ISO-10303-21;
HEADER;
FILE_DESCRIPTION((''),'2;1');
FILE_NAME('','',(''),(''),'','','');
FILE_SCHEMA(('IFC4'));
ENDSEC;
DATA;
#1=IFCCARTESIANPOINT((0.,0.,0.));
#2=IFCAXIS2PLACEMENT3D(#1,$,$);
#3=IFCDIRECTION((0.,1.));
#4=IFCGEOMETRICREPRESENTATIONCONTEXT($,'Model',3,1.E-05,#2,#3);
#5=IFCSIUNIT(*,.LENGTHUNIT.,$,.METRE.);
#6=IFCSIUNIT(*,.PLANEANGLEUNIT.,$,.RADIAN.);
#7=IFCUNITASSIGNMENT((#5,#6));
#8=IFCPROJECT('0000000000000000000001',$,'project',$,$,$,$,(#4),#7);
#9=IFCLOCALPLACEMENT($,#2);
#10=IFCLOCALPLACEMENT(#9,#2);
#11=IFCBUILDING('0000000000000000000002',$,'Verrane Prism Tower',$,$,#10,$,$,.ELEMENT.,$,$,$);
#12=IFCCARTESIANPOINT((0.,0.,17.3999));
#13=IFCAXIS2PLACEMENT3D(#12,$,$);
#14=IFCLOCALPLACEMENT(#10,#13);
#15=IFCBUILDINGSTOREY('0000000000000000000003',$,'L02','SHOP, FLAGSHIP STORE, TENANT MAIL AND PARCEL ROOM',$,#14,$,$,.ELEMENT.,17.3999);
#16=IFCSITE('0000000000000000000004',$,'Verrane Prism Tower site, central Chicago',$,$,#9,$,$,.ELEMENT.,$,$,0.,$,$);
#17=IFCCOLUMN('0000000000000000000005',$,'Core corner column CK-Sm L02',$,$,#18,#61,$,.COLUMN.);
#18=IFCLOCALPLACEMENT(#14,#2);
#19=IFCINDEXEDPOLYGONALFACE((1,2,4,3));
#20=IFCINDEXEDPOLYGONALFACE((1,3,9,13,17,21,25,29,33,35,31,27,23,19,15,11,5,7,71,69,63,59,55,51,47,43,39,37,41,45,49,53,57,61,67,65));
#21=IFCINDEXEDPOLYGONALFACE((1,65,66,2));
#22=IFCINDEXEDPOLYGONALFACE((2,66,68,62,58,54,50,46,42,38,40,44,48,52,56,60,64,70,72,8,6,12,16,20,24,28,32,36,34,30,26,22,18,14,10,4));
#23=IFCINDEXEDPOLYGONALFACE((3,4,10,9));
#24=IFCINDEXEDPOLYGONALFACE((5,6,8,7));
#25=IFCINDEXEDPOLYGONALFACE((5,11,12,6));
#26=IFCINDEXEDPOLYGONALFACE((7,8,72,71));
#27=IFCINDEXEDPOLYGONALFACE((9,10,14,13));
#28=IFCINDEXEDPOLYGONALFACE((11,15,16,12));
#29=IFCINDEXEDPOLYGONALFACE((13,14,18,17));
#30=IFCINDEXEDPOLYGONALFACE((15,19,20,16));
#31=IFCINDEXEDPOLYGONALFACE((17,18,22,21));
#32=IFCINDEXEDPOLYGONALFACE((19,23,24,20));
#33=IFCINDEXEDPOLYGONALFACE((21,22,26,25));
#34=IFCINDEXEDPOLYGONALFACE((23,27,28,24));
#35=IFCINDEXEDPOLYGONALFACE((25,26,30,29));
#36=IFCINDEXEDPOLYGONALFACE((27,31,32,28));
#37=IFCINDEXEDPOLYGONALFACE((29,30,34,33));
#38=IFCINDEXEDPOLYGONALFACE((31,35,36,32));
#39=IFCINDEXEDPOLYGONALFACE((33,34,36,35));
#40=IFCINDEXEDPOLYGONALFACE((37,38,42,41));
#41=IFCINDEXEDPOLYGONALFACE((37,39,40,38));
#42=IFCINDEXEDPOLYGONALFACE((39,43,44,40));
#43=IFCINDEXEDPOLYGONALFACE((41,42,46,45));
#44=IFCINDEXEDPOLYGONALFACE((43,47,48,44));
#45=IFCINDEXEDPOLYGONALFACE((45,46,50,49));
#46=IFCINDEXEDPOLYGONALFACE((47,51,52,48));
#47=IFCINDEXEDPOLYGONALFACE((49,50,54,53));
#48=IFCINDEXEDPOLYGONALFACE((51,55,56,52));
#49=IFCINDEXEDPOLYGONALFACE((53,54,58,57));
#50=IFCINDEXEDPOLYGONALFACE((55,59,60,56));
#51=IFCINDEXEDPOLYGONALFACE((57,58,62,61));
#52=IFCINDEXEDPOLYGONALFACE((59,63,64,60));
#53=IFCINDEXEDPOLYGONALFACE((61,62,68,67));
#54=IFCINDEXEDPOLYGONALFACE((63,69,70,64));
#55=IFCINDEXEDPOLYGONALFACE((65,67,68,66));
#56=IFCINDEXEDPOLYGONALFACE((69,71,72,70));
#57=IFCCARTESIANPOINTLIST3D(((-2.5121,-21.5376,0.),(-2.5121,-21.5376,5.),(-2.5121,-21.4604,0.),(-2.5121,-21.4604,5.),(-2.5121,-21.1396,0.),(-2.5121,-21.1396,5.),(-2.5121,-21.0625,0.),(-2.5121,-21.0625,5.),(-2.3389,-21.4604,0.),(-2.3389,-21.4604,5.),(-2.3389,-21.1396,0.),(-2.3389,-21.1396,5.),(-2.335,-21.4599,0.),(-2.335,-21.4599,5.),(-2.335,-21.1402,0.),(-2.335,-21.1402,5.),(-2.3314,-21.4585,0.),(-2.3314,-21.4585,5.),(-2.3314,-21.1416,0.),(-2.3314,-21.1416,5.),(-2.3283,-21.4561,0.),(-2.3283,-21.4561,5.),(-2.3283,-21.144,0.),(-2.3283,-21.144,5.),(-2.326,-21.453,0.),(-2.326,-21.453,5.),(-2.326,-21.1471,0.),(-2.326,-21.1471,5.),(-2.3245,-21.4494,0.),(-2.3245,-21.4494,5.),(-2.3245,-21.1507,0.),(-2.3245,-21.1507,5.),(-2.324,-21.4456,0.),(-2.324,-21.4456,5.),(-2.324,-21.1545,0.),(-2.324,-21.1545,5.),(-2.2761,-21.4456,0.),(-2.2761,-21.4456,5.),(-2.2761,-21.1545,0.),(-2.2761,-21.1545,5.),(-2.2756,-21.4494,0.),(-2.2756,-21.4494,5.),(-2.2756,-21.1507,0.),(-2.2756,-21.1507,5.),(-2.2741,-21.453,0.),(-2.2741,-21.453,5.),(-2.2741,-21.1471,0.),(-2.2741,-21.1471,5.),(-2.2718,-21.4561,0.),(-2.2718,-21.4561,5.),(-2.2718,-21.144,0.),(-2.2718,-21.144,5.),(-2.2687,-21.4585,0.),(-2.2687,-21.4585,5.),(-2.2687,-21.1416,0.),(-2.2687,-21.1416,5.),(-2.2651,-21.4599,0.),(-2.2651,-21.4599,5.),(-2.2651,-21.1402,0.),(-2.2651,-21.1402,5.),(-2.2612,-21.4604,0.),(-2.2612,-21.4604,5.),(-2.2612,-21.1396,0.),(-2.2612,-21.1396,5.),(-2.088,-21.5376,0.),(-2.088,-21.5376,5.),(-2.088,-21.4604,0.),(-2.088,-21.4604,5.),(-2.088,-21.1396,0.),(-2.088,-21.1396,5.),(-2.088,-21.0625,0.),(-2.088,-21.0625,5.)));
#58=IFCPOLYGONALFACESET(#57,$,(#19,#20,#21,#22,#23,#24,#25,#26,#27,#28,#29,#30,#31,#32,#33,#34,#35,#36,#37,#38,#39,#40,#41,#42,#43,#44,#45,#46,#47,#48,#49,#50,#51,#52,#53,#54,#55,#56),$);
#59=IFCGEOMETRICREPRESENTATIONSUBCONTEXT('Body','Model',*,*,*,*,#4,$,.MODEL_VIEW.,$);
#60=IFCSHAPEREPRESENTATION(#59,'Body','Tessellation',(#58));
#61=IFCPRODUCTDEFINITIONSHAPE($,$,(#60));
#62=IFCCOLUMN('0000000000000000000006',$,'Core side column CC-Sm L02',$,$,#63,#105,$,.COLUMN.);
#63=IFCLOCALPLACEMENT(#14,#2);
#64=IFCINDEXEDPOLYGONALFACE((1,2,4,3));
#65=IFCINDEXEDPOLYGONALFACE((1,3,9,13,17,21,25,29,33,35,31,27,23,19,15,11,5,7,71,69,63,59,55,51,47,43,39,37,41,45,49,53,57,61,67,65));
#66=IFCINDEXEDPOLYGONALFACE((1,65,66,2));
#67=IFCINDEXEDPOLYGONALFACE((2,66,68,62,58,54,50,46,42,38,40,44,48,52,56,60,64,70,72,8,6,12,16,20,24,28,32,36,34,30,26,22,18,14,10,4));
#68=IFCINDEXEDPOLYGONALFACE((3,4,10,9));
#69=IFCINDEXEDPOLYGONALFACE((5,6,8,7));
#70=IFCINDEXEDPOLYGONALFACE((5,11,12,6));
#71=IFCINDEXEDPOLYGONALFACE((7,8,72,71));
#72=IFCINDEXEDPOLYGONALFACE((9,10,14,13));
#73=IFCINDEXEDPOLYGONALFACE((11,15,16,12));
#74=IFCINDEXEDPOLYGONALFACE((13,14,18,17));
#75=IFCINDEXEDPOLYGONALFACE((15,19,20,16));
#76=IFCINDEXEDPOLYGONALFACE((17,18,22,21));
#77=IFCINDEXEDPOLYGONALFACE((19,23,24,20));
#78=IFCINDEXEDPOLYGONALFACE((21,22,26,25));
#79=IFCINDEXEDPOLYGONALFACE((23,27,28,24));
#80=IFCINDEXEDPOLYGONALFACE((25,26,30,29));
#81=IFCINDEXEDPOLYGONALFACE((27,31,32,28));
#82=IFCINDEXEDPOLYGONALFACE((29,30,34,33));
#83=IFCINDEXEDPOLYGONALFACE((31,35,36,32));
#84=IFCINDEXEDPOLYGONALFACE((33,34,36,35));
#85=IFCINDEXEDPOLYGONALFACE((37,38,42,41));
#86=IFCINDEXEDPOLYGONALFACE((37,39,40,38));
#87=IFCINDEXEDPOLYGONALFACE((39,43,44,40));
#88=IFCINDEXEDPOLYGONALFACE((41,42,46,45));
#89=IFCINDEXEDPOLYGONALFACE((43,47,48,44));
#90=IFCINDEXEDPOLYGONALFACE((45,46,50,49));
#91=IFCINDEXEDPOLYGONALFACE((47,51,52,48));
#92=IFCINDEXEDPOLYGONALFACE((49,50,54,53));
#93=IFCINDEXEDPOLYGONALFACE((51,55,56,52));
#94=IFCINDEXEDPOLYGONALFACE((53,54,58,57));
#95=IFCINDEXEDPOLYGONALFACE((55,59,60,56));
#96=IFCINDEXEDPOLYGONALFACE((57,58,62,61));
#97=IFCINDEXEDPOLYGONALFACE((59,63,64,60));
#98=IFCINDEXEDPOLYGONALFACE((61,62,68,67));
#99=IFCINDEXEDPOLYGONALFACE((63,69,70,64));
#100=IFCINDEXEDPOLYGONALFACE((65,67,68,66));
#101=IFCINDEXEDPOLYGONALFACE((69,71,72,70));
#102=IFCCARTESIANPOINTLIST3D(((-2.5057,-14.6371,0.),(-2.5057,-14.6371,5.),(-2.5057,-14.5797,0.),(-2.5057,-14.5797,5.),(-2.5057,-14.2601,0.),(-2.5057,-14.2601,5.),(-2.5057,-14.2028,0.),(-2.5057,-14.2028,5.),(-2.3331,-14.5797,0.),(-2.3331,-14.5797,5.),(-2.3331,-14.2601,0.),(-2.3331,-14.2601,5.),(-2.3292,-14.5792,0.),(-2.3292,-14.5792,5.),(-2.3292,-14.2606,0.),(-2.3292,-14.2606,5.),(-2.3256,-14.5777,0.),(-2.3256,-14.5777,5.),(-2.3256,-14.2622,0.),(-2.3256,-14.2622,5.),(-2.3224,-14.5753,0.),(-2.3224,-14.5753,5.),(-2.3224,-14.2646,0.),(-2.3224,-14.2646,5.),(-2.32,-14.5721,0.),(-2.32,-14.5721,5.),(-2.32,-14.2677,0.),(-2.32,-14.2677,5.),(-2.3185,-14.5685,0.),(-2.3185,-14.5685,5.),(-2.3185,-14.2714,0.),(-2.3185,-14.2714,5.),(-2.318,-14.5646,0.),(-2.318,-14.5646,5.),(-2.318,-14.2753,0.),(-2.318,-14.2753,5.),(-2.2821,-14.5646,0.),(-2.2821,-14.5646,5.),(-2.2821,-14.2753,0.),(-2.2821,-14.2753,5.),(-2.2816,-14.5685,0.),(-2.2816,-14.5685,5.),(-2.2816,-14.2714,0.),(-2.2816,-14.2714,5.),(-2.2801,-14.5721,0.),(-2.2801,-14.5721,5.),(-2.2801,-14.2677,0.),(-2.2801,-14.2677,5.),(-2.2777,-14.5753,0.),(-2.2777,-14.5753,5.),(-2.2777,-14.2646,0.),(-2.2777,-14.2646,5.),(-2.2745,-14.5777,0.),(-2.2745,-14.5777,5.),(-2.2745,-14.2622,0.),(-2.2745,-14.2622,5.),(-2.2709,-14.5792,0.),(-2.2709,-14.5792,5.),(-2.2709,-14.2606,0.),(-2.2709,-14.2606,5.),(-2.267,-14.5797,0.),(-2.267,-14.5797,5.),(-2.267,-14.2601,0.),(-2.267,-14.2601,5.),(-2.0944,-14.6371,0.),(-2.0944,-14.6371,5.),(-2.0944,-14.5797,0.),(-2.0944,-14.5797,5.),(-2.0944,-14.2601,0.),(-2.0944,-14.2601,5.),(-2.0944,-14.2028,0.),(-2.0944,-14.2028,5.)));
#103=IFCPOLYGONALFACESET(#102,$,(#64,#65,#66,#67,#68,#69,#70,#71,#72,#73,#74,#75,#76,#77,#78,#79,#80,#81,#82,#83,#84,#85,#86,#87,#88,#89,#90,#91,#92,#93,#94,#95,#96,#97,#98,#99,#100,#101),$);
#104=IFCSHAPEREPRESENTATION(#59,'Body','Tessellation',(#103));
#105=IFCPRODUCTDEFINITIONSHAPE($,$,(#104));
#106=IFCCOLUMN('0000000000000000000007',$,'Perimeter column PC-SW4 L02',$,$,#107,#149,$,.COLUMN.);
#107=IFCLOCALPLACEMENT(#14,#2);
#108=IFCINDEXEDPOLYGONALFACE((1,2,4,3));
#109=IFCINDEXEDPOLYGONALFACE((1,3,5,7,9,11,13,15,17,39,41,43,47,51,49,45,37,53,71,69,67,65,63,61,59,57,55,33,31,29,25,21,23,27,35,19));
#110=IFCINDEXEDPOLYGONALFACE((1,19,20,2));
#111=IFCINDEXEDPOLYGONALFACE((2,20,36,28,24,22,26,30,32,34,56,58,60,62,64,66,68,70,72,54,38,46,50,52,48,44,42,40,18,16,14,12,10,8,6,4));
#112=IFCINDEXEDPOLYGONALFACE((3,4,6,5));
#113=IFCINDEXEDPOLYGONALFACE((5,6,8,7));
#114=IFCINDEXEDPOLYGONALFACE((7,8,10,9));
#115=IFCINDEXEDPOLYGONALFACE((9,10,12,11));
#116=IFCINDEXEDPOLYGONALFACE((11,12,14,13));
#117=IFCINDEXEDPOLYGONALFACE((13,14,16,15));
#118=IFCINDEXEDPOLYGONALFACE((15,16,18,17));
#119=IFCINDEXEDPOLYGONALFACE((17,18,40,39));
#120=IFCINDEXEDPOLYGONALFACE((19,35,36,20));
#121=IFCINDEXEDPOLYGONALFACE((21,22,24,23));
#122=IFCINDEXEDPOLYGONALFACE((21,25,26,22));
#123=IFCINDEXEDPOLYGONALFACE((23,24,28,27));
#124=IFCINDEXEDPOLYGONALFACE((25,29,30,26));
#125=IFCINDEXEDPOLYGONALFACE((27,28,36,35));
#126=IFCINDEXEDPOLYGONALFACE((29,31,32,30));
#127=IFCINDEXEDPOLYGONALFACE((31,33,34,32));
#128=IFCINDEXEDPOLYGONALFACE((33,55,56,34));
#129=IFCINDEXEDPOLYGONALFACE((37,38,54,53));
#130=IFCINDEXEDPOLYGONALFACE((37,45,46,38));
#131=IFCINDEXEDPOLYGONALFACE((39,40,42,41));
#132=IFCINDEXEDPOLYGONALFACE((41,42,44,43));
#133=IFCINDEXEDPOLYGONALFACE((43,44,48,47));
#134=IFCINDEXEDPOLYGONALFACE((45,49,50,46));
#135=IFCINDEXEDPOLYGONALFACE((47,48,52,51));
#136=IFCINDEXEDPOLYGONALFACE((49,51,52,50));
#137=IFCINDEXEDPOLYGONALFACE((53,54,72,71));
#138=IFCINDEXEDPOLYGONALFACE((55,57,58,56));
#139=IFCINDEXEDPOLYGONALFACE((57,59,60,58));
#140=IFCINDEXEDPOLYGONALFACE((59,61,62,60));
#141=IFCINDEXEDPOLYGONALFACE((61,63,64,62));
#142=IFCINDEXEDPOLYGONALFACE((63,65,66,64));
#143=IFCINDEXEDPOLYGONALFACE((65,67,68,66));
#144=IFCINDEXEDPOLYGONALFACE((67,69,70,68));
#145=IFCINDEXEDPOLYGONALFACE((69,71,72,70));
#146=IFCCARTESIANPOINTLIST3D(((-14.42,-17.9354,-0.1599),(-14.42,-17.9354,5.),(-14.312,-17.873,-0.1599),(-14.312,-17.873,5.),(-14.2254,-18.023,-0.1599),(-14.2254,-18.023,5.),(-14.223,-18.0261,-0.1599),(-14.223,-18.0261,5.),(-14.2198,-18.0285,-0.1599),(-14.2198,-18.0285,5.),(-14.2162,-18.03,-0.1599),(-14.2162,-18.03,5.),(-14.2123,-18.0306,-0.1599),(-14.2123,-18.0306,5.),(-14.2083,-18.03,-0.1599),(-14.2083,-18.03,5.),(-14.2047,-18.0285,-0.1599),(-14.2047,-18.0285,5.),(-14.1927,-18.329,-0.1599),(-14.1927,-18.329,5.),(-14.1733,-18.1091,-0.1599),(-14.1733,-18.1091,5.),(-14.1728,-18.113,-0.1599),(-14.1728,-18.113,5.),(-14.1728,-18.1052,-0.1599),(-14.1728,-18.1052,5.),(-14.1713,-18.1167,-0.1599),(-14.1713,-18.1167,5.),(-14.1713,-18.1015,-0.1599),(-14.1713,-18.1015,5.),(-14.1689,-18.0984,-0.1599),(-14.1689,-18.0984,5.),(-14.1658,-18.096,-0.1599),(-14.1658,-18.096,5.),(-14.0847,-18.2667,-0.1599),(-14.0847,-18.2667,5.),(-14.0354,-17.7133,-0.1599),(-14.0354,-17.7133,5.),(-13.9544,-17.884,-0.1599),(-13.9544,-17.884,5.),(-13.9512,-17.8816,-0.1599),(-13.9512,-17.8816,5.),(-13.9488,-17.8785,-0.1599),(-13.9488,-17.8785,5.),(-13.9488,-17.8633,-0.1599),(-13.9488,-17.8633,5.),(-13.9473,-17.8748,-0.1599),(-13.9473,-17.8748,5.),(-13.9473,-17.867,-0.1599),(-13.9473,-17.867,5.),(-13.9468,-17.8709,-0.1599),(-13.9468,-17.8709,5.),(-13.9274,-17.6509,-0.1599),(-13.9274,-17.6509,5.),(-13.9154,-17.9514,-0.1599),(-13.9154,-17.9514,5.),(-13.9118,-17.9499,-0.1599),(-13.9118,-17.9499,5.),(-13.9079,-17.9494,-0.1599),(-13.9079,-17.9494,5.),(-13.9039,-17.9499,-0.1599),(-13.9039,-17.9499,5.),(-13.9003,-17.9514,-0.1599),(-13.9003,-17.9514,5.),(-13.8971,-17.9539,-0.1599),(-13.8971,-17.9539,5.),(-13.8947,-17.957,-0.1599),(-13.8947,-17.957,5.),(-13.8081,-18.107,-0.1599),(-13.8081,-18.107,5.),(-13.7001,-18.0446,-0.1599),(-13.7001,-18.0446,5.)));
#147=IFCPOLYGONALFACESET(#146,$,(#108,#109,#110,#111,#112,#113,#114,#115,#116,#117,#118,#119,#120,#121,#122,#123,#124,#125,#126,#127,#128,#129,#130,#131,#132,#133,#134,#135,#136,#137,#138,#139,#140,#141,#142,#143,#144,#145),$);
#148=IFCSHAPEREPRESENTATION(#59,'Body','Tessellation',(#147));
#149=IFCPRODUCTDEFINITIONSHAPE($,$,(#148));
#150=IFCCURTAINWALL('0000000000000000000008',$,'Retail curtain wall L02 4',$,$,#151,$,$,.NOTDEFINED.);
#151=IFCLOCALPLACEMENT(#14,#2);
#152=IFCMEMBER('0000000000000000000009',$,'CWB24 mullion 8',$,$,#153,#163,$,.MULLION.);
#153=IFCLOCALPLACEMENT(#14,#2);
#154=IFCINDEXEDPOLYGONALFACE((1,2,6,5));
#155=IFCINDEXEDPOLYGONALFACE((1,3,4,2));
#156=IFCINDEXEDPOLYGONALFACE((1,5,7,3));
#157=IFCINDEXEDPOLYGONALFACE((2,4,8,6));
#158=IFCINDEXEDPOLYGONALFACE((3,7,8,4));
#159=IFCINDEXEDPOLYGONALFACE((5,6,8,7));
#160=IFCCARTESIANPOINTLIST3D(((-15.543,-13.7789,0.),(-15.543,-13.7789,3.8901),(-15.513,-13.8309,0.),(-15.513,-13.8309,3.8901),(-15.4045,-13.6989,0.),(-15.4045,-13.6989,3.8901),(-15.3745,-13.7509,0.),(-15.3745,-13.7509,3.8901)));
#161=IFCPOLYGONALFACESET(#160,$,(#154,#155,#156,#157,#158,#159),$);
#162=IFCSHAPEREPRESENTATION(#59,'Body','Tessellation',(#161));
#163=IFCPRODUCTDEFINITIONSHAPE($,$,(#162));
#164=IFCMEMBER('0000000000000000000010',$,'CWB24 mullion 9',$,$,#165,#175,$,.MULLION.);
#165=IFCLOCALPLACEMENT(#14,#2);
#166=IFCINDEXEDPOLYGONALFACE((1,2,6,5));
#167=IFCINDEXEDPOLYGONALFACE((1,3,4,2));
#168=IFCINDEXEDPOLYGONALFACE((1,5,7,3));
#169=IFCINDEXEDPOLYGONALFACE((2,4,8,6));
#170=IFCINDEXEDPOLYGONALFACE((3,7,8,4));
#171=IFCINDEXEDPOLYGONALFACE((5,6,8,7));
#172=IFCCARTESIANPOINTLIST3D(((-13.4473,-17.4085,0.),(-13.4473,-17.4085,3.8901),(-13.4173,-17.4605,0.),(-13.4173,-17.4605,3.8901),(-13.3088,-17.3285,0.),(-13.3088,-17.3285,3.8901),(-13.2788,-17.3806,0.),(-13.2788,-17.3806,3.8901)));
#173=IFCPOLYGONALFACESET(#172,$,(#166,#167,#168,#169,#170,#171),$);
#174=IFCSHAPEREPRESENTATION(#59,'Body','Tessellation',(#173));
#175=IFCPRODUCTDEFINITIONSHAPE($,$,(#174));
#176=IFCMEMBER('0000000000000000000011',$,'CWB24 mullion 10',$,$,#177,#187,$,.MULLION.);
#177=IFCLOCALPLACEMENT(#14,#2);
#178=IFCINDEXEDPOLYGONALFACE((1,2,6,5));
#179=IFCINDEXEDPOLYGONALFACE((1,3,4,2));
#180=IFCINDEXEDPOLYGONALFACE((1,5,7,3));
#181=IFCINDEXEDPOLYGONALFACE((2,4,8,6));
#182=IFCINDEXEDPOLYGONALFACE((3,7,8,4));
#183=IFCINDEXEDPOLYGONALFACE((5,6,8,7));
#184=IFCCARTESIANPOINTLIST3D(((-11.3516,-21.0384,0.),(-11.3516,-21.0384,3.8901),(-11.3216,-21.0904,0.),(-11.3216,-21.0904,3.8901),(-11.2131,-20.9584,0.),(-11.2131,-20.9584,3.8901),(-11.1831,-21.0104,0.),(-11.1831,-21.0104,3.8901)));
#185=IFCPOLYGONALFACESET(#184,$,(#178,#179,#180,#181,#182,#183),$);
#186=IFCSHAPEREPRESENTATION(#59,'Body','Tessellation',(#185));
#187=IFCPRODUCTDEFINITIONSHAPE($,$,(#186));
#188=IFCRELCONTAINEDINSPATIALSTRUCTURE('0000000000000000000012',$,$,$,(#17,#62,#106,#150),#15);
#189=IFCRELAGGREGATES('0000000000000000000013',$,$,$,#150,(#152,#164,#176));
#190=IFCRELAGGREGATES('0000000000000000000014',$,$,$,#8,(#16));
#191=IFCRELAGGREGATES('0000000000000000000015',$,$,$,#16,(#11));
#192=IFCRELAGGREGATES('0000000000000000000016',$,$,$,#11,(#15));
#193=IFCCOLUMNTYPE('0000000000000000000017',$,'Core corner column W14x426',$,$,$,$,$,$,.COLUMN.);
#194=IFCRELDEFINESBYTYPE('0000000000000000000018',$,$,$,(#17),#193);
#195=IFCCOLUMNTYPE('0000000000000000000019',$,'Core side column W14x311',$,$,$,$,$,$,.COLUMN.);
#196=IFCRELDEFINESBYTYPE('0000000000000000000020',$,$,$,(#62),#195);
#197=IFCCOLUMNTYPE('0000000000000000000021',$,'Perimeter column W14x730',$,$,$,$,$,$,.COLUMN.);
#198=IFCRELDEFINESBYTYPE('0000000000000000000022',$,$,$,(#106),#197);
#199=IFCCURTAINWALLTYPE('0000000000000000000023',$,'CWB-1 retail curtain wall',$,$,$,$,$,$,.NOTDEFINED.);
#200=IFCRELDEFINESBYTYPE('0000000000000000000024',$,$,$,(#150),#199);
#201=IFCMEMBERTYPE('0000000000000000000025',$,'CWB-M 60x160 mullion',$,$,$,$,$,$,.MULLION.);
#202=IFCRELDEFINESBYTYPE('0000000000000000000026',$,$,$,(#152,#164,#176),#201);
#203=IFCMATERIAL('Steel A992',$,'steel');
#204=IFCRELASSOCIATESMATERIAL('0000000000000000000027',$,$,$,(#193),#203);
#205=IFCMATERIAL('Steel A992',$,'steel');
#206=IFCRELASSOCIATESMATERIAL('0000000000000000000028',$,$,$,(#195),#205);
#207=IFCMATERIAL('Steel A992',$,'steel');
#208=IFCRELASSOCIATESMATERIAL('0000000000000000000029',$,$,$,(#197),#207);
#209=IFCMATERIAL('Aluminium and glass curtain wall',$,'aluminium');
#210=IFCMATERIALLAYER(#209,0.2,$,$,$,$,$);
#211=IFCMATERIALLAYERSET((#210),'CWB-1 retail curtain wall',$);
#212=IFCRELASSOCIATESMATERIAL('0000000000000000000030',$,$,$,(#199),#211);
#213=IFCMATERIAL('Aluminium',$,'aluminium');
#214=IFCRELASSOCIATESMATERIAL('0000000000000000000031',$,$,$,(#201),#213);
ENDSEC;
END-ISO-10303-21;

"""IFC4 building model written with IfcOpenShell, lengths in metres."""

from ifc_helpers import new_model, si_unit, direction, frame, origin, origin_2d, place, context, subcontext, project, spatial, rectangle, i_section, extrude, material, layer, layer_set, material_profile, profile_set, type_object, element, aggregate, save


model = new_model("IFC4")

# Units and contexts
model_context = context("Model", 3, precision=1e-05, world=origin(), true_north=direction((0.0, 1.0)))
body_context = subcontext(model_context, "Body", "Model", "MODEL_VIEW")
ifc_project = project(units=[si_unit("LENGTHUNIT", "METRE"), si_unit("PLANEANGLEUNIT", "RADIAN")], contexts=[model_context])

# Site, building, storey
site_placement = place(None, origin())
site = spatial("IfcSite", under=ifc_project, at=site_placement, Name="Verrane Prism Tower site, central Chicago", CompositionType="ELEMENT", RefElevation=0.0)
building_placement = place(site_placement, origin())
building = spatial("IfcBuilding", under=site, at=building_placement, Name="Verrane Prism Tower", CompositionType="ELEMENT")
storey_placement = place(building_placement, frame((0.0, 0.0, 17.3999)))
storey = spatial("IfcBuildingStorey", under=building, at=storey_placement, Name="L02", Description="SHOP, FLAGSHIP STORE, TENANT MAIL AND PARCEL ROOM", CompositionType="ELEMENT", Elevation=17.3999)

# Columns
ifc_material_1 = material(Name="Steel A992", Category="steel")
ifc_material_profile_1 = material_profile(ifc_material_1, i_section(OverallWidth=0.4241, OverallDepth=0.4751, WebThickness=0.0479, FlangeThickness=0.0771, FilletRadius=0.0149, at=origin_2d()), Name="W14x426")
ifc_profile_set_1 = profile_set([ifc_material_profile_1], Name="Steel A992")
column_type_1 = type_object("IfcColumnType", Name="Core corner column W14x426", PredefinedType="COLUMN", material=ifc_profile_set_1)
column_1_placement = place(storey_placement, frame((-2.3, -21.3, 0.0), z_axis=(0.0, 0.0, 1.0), x_axis=(-1.0, 0.0, 0.0)))
element("IfcColumn", 1, at=column_1_placement, inside=storey, type_object=column_type_1, Name="Core corner column CK-Sm L02", PredefinedType="COLUMN", context=body_context, shape_type="SweptSolid", body=[
    extrude(i_section(OverallWidth=0.4241, OverallDepth=0.4751, WebThickness=0.0479, FlangeThickness=0.0771, FilletRadius=0.0149, at=origin_2d()), origin(), (0.0, 0.0, 1.0), 5.0),
])
ifc_material_2 = material(Name="Steel A992", Category="steel")
ifc_material_profile_2 = material_profile(ifc_material_2, i_section(OverallWidth=0.4114, OverallDepth=0.4343, WebThickness=0.0359, FlangeThickness=0.0574, FilletRadius=0.0151, at=origin_2d()), Name="W14x311")
ifc_profile_set_2 = profile_set([ifc_material_profile_2], Name="Steel A992")
column_type_2 = type_object("IfcColumnType", Name="Core side column W14x311", PredefinedType="COLUMN", material=ifc_profile_set_2)
column_2_placement = place(storey_placement, frame((-2.3, -14.4199, 0.0), z_axis=(0.0, 0.0, 1.0), x_axis=(1.0, 0.0, 0.0)))
element("IfcColumn", 2, at=column_2_placement, inside=storey, type_object=column_type_2, Name="Core side column CC-Sm L02", PredefinedType="COLUMN", context=body_context, shape_type="SweptSolid", body=[
    extrude(i_section(OverallWidth=0.4114, OverallDepth=0.4343, WebThickness=0.0359, FlangeThickness=0.0574, FilletRadius=0.0151, at=origin_2d()), origin(), (0.0, 0.0, 1.0), 5.0),
])
ifc_material_3 = material(Name="Steel A992", Category="steel")
ifc_material_profile_3 = material_profile(ifc_material_3, i_section(OverallWidth=0.4546, OverallDepth=0.5688, WebThickness=0.0779, FlangeThickness=0.1248, FilletRadius=0.0151, at=origin_2d()), Name="W14x730")
ifc_profile_set_3 = profile_set([ifc_material_profile_3], Name="Steel A992")
column_type_3 = type_object("IfcColumnType", Name="Perimeter column W14x730", PredefinedType="COLUMN", material=ifc_profile_set_3)
column_3_placement = place(storey_placement, frame((-14.0601, -17.99, -0.1599), z_axis=(0.0, 0.0, 1.0), x_axis=(-0.5, 0.866025, 0.0)))
element("IfcColumn", 3, at=column_3_placement, inside=storey, type_object=column_type_3, Name="Perimeter column PC-SW4 L02", PredefinedType="COLUMN", context=body_context, shape_type="SweptSolid", body=[
    extrude(i_section(OverallWidth=0.4546, OverallDepth=0.5688, WebThickness=0.0779, FlangeThickness=0.1248, FilletRadius=0.0151, at=origin_2d()), origin(), (0.0, 0.0, 1.0), 5.1599),
])

# Curtain wall, members
ifc_material_4 = material(Name="Aluminium and glass curtain wall", Category="aluminium")
ifc_layer_1 = layer(ifc_material_4, 0.2)
ifc_layer_set_1 = layer_set([ifc_layer_1], Name="CWB-1 retail curtain wall")
curtain_wall_type = type_object("IfcCurtainWallType", Name="CWB-1 retail curtain wall", PredefinedType="NOTDEFINED", material=ifc_layer_set_1)
curtain_wall_placement = place(storey_placement, origin())
curtain_wall = element("IfcCurtainWall", 4, at=curtain_wall_placement, inside=storey, type_object=curtain_wall_type, Name="Retail curtain wall L02 4", PredefinedType="NOTDEFINED")
ifc_material_5 = material(Name="Aluminium", Category="aluminium")
ifc_material_profile_4 = material_profile(ifc_material_5, rectangle(XDim=0.1599, YDim=0.0601, at=origin_2d()), Name="CWB-M 60x160 mullion")
ifc_profile_set_4 = profile_set([ifc_material_profile_4], Name="Aluminium")
member_type_1 = type_object("IfcMemberType", Name="CWB-M 60x160 mullion", PredefinedType="MULLION", material=ifc_profile_set_4)
member_1_placement = place(storey_placement, frame((-15.4587, -13.7649, 0.0), z_axis=(0.0, 0.0, 1.0), x_axis=(0.866025, 0.5, 0.0)))
member_1 = element("IfcMember", 5, at=member_1_placement, type_object=member_type_1, Name="CWB24 mullion 8", PredefinedType="MULLION", context=body_context, shape_type="SweptSolid", body=[
    extrude(rectangle(XDim=0.1599, YDim=0.0601, at=origin_2d()), origin(), (0.0, 0.0, 1.0), 3.8901),
])
member_2_placement = place(storey_placement, frame((-13.363, -17.3945, 0.0), z_axis=(0.0, 0.0, 1.0), x_axis=(0.866025, 0.5, 0.0)))
member_2 = element("IfcMember", 6, at=member_2_placement, type_object=member_type_1, Name="CWB24 mullion 9", PredefinedType="MULLION", context=body_context, shape_type="SweptSolid", body=[
    extrude(rectangle(XDim=0.1599, YDim=0.0601, at=origin_2d()), origin(), (0.0, 0.0, 1.0), 3.8901),
])
member_3_placement = place(storey_placement, frame((-11.2673, -21.0244, 0.0), z_axis=(0.0, 0.0, 1.0), x_axis=(0.866025, 0.5, 0.0)))
member_3 = element("IfcMember", 7, at=member_3_placement, type_object=member_type_1, Name="CWB24 mullion 10", PredefinedType="MULLION", context=body_context, shape_type="SweptSolid", body=[
    extrude(rectangle(XDim=0.1599, YDim=0.0601, at=origin_2d()), origin(), (0.0, 0.0, 1.0), 3.8901),
])

aggregate(curtain_wall, [member_1, member_2, member_3])

save(model, "model.ifc")
